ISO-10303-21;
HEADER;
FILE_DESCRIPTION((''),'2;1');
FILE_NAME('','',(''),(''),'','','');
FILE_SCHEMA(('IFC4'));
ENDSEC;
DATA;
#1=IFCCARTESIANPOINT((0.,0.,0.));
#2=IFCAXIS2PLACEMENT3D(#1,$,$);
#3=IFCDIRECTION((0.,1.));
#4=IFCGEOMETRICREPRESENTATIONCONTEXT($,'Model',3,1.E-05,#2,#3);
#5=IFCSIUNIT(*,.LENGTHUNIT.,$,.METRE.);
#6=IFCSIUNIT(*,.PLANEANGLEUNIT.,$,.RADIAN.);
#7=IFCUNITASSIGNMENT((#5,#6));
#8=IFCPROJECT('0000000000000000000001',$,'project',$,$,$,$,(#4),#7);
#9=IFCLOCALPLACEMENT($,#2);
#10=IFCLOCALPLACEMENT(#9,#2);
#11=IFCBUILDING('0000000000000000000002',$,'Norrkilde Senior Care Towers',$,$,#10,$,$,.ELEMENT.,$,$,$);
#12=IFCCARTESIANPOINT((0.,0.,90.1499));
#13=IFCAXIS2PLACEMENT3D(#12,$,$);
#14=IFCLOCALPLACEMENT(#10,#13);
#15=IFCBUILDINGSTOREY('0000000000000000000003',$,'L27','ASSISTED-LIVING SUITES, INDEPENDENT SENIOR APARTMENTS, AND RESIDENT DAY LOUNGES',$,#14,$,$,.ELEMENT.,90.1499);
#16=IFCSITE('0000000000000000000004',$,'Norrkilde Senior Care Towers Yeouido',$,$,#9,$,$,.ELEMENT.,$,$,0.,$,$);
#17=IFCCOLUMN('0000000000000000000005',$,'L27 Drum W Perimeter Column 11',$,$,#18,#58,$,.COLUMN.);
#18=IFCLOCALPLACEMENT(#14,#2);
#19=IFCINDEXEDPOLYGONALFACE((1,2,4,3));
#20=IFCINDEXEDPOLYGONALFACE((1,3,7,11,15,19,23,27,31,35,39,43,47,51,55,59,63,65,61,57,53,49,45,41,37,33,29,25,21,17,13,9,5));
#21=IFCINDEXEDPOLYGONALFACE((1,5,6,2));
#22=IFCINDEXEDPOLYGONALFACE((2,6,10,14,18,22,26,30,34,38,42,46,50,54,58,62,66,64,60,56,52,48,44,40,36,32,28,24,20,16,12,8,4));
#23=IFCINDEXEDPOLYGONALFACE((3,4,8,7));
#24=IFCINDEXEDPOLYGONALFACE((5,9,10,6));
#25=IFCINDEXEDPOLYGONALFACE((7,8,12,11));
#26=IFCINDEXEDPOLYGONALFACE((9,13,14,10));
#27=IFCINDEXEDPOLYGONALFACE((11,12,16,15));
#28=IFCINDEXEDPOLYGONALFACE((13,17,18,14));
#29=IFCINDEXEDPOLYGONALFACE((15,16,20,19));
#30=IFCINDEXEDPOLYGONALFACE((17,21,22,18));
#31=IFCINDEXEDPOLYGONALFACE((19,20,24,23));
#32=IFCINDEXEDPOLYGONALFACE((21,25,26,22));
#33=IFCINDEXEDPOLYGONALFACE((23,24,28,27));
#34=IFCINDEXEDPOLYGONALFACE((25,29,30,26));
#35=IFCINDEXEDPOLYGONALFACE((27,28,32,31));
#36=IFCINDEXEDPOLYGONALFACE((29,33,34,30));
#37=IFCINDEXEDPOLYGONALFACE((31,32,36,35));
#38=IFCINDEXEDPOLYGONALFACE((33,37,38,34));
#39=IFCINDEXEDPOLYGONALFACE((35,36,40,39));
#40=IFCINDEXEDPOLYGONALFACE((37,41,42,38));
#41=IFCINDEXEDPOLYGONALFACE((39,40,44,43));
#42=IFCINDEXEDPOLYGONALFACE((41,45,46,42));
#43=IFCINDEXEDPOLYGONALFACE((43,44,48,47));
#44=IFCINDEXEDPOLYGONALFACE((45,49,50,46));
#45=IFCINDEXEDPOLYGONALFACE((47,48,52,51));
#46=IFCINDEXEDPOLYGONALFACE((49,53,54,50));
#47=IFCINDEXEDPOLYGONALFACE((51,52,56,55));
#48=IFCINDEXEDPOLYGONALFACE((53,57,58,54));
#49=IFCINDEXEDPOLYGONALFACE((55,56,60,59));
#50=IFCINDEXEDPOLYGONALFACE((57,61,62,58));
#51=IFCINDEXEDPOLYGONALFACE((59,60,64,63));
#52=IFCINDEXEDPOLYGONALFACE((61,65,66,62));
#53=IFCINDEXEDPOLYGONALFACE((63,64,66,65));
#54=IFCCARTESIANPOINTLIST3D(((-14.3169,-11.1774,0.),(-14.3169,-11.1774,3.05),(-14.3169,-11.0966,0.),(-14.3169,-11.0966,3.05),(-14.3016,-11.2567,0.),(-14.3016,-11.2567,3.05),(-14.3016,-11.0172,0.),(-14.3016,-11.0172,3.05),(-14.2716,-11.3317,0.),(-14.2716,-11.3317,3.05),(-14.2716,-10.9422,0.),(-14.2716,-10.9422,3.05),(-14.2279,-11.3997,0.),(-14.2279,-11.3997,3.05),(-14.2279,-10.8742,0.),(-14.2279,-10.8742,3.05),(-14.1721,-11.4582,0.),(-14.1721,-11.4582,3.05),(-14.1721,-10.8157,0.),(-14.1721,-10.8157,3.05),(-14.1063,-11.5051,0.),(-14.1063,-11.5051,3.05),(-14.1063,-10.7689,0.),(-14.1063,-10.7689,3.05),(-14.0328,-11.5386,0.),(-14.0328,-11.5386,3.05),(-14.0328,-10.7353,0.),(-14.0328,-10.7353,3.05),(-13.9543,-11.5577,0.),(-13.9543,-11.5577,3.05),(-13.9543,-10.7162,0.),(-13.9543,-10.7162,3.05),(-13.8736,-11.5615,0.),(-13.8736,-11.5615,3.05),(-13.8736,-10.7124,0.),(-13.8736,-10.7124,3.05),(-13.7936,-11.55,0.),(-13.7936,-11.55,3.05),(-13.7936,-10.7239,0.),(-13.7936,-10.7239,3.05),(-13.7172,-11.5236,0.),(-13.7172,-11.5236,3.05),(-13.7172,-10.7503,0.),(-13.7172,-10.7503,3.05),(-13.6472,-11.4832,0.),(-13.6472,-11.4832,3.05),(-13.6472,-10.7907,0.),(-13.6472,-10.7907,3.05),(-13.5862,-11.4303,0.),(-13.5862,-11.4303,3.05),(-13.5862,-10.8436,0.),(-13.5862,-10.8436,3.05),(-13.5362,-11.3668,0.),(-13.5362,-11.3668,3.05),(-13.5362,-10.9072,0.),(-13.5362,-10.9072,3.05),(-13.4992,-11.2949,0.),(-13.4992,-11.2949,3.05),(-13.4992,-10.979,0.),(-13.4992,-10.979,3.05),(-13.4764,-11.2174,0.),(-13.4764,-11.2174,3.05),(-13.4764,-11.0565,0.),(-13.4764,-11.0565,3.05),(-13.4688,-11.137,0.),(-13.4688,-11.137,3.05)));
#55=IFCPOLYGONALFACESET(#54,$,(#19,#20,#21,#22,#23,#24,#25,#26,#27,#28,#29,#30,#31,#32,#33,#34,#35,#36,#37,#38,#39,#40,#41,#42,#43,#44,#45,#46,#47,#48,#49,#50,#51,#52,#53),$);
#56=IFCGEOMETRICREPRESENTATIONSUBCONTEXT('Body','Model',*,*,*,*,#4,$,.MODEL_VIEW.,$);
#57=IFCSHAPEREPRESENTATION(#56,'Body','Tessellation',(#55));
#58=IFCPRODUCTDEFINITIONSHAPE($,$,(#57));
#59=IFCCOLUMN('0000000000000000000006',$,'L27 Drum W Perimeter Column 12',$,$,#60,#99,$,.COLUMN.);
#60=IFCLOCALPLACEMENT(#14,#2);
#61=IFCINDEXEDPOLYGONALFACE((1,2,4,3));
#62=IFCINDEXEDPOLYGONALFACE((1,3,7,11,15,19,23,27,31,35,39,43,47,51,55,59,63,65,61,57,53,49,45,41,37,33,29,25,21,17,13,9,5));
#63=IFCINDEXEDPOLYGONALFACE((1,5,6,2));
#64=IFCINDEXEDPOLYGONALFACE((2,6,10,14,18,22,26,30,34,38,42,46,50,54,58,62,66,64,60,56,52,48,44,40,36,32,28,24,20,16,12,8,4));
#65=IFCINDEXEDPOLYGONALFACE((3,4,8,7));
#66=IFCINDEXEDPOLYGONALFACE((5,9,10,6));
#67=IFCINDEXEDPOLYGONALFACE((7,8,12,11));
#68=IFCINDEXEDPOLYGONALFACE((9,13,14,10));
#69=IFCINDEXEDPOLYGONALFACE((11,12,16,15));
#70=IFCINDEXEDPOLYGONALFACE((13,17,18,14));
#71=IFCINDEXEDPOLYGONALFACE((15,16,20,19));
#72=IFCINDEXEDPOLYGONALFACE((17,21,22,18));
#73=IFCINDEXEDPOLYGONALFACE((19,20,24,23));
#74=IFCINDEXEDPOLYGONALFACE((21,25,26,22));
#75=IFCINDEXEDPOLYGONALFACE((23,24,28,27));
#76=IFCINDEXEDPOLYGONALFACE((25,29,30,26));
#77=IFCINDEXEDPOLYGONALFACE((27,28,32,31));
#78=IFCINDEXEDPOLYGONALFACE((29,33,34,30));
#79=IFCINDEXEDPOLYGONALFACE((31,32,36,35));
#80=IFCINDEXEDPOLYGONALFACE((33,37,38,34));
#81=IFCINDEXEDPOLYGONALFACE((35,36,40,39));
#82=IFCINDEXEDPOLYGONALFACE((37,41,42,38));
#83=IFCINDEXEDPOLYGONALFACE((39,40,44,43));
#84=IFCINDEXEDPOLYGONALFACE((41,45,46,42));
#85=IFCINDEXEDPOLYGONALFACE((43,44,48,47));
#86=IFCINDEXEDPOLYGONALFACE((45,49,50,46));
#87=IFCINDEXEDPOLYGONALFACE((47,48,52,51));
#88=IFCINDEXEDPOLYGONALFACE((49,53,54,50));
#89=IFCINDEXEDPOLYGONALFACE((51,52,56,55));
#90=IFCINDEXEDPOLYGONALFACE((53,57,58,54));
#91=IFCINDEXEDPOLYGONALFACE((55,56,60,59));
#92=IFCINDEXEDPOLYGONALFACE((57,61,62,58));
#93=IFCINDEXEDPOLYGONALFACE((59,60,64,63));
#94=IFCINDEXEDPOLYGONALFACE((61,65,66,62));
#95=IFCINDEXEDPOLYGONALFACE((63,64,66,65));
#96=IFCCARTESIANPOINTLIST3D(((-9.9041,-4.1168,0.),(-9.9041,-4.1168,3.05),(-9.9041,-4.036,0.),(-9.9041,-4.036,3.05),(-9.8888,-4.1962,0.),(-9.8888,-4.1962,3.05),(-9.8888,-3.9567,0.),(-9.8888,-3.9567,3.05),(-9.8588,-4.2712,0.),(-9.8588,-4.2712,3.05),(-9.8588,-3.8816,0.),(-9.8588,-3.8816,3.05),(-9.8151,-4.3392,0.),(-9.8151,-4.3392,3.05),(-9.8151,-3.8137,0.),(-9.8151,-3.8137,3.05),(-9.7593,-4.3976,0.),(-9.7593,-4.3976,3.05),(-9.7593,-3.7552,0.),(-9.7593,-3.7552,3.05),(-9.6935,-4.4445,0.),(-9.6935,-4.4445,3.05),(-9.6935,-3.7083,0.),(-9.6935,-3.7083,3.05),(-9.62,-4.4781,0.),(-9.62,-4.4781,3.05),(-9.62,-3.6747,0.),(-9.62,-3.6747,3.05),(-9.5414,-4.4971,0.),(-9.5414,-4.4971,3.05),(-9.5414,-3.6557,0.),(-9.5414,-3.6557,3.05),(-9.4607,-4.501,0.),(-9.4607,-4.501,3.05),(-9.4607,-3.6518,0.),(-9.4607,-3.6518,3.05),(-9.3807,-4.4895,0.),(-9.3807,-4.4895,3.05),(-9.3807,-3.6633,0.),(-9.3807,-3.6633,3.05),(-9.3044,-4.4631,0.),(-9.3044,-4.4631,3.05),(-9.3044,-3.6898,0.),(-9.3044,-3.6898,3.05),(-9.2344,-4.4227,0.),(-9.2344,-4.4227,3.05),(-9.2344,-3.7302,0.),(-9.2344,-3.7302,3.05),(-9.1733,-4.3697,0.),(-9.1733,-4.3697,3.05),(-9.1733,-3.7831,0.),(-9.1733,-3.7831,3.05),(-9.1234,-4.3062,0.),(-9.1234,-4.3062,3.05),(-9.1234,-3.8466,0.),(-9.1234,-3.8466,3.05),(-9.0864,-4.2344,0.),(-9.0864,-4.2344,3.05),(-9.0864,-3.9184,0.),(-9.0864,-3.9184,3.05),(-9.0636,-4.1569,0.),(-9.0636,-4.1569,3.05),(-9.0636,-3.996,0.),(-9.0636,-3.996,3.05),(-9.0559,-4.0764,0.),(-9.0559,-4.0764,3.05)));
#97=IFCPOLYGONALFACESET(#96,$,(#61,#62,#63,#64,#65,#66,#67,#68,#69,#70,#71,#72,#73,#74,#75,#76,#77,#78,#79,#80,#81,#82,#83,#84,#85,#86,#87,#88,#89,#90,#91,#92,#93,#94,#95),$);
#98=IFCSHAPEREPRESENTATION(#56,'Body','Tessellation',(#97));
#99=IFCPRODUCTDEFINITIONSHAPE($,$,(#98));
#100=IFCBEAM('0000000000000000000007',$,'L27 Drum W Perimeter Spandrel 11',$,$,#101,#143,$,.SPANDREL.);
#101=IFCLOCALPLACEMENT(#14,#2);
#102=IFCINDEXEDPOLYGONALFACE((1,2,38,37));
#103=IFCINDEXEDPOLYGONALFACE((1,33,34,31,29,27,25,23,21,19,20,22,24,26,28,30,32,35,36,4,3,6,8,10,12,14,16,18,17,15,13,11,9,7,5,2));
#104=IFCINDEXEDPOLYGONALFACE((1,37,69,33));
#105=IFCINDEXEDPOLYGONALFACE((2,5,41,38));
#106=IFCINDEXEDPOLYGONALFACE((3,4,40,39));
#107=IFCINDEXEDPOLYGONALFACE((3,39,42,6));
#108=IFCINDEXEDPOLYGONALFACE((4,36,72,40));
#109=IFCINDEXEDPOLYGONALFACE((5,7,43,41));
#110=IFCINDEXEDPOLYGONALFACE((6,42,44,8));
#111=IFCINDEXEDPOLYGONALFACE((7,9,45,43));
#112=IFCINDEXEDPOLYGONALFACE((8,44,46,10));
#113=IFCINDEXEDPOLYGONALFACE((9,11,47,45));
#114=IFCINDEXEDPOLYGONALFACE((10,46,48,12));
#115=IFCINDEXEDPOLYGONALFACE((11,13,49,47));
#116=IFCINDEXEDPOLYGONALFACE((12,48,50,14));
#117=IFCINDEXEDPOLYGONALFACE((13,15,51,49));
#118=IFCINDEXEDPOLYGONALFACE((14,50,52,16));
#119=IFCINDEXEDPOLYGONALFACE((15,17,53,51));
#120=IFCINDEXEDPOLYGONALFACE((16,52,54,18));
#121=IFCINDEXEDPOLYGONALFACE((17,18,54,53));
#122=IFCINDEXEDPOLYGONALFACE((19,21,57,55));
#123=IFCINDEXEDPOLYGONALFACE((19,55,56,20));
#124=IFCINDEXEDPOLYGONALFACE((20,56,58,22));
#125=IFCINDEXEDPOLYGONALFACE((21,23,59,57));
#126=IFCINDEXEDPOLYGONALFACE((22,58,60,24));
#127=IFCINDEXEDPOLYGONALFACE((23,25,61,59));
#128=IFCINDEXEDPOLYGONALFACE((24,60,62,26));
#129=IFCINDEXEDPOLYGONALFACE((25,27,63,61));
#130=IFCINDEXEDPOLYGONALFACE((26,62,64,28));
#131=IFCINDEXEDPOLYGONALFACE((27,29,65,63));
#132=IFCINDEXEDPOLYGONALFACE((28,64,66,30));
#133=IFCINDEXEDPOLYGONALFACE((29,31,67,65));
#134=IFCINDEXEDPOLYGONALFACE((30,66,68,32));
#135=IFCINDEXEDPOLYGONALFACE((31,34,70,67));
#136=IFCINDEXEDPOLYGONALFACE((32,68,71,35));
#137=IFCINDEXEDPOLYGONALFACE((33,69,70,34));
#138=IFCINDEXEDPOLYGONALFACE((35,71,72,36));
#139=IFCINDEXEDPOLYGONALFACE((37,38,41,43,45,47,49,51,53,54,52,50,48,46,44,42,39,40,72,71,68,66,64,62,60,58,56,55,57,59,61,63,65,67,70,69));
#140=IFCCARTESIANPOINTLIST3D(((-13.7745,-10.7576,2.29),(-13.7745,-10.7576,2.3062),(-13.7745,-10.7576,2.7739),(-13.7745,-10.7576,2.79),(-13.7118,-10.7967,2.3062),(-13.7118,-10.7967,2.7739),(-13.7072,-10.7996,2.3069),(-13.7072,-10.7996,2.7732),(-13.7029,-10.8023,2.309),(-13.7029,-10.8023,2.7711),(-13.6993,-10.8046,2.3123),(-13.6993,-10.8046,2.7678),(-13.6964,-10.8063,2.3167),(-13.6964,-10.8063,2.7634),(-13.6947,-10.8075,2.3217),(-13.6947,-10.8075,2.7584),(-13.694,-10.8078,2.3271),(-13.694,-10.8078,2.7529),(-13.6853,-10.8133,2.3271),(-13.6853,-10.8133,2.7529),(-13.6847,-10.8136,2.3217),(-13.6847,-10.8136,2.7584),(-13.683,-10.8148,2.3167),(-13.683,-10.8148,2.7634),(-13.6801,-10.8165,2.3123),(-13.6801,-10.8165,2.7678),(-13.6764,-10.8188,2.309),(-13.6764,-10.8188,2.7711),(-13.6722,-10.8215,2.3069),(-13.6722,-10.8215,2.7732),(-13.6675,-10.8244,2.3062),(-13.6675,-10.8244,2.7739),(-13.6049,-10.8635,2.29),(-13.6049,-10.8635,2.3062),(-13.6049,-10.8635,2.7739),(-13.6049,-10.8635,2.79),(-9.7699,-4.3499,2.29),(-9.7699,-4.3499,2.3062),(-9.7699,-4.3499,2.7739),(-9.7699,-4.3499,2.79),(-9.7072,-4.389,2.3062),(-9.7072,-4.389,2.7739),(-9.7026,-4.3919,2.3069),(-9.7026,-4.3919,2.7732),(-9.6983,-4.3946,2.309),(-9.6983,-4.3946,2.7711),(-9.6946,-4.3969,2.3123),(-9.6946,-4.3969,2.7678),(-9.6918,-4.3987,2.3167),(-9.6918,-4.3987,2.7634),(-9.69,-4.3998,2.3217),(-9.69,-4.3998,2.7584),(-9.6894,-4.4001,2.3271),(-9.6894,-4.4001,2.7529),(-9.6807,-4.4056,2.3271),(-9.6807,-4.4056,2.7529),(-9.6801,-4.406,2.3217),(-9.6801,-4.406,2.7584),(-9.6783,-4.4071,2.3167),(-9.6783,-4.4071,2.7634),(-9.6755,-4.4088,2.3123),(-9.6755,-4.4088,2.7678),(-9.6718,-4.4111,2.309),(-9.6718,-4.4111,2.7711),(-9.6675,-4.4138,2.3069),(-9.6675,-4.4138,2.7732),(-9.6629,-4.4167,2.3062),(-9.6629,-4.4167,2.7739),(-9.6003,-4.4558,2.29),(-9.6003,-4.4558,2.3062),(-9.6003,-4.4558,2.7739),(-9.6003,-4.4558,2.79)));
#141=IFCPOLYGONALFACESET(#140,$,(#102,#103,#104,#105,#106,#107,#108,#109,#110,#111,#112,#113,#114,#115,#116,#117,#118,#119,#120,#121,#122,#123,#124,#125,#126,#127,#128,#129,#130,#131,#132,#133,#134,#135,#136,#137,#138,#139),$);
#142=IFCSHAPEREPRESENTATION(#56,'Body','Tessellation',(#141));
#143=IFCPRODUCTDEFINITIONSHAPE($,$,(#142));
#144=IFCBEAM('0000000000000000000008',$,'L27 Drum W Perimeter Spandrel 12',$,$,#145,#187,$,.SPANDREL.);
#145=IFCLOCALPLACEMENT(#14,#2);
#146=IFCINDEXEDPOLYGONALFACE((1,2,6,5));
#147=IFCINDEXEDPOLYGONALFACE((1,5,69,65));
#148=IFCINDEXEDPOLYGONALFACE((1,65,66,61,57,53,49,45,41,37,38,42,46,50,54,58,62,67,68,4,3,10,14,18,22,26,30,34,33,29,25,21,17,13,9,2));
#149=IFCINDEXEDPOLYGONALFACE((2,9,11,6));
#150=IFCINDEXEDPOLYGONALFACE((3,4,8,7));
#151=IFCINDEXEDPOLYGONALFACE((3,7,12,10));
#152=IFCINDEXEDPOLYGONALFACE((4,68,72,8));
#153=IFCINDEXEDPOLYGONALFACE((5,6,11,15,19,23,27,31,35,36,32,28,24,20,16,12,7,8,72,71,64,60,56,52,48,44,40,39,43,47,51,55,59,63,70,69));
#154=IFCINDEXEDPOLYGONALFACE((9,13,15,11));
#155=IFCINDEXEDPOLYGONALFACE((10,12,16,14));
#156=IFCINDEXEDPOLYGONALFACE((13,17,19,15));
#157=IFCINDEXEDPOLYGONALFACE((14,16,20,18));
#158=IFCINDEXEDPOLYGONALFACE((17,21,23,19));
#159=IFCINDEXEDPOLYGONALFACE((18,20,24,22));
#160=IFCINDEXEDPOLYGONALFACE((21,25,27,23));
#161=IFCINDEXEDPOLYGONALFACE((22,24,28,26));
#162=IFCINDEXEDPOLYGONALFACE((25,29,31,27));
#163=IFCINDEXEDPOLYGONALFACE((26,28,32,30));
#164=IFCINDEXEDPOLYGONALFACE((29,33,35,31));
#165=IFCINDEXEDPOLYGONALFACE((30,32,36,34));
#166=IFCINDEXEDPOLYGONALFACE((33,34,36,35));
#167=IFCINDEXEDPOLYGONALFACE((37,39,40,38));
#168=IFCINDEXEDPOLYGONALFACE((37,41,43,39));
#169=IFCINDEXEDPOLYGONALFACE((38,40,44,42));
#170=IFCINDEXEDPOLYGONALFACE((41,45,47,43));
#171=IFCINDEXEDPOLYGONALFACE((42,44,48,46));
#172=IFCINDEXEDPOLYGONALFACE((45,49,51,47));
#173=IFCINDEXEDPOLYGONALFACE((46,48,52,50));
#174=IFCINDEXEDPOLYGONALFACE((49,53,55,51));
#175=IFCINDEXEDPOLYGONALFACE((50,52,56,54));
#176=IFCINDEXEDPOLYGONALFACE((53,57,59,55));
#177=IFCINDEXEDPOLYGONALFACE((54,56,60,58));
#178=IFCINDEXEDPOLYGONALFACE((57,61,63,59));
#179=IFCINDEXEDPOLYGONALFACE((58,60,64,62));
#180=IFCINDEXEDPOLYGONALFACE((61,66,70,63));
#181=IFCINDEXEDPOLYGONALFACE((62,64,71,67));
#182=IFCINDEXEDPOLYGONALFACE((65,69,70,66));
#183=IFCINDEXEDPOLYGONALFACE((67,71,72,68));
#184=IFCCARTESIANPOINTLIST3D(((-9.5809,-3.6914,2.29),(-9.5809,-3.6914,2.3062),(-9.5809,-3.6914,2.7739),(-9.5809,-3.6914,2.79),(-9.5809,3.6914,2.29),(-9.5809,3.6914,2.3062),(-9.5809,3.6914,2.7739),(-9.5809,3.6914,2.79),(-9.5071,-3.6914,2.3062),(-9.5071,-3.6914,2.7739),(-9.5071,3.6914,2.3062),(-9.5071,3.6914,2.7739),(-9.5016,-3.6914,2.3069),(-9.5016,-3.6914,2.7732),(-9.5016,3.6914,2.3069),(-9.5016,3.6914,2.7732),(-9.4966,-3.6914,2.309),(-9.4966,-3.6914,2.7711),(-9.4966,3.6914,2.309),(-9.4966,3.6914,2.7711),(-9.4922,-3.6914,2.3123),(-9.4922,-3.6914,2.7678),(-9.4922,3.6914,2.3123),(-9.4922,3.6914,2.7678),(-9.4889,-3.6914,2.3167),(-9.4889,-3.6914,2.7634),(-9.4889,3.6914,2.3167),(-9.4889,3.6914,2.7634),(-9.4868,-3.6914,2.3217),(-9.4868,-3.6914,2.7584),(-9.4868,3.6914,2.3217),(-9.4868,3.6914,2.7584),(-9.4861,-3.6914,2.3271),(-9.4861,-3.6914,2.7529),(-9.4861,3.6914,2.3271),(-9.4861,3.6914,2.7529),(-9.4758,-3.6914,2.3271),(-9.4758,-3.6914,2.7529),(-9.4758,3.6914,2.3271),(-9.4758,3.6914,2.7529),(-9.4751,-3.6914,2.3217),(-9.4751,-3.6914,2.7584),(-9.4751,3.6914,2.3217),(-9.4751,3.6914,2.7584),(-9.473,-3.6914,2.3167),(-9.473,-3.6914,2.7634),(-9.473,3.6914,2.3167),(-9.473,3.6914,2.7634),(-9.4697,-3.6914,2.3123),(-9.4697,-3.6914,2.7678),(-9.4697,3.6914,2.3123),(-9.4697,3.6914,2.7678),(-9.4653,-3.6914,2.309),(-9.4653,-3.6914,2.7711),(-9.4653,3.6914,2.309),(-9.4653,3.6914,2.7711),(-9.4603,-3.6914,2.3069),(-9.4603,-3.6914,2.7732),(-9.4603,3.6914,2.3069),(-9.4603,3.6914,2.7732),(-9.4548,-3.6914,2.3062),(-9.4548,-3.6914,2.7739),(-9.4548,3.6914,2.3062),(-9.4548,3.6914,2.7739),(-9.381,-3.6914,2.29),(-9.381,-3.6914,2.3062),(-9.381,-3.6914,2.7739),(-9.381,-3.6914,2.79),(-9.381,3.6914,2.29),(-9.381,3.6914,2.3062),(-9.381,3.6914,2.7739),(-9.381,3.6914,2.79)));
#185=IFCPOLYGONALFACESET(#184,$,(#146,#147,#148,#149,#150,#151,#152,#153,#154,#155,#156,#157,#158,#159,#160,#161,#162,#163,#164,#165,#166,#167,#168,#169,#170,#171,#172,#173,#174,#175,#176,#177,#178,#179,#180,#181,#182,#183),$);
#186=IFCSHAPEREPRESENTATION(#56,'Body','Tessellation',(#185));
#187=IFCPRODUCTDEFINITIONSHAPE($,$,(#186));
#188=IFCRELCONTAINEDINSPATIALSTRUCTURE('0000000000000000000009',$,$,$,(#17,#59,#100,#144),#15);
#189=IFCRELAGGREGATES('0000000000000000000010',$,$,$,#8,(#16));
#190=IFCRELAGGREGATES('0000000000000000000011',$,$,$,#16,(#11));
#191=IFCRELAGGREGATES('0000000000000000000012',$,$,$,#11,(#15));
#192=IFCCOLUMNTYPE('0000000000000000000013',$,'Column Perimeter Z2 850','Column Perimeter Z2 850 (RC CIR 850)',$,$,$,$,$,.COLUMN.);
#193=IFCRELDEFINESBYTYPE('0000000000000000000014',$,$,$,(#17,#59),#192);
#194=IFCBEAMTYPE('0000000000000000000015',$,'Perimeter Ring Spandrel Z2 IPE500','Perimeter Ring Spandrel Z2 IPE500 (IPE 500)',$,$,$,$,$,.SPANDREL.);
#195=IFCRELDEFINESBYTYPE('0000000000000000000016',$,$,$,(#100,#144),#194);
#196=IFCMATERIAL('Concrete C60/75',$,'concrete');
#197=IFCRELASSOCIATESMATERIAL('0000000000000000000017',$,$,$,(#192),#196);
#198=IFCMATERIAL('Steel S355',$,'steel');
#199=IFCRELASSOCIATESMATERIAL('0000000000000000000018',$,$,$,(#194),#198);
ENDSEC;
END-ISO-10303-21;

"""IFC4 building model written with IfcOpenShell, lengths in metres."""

from ifc_helpers import new_model, si_unit, direction, frame, origin, origin_2d, place, context, subcontext, project, spatial, circle, i_section, extrude, source, transform, mapped, material, material_profile, profile_set, type_object, type_shapes, element, save


model = new_model("IFC4")

# Units and contexts
model_context = context("Model", 3, precision=1e-05, world=origin(), true_north=direction((0.0, 1.0)))
body_context = subcontext(model_context, "Body", "Model", "MODEL_VIEW")
ifc_project = project(units=[si_unit("LENGTHUNIT", "METRE"), si_unit("PLANEANGLEUNIT", "RADIAN")], contexts=[model_context])

# Site, building, storey
site_placement = place(None, origin())
site = spatial("IfcSite", under=ifc_project, at=site_placement, Name="Norrkilde Senior Care Towers Yeouido", CompositionType="ELEMENT", RefElevation=0.0)
building_placement = place(site_placement, origin())
building = spatial("IfcBuilding", under=site, at=building_placement, Name="Norrkilde Senior Care Towers", CompositionType="ELEMENT")
storey_placement = place(building_placement, frame((0.0, 0.0, 90.1499)))
storey = spatial("IfcBuildingStorey", under=building, at=storey_placement, Name="L27", Description="ASSISTED-LIVING SUITES, INDEPENDENT SENIOR APARTMENTS, AND RESIDENT DAY LOUNGES", CompositionType="ELEMENT", Elevation=90.1499)

# Columns
ifc_material_1 = material(Name="Concrete C60/75", Category="concrete")
ifc_material_profile_1 = material_profile(ifc_material_1, circle(Radius=0.425, at=origin_2d()), Name="RC CIR 850")
ifc_profile_set_1 = profile_set([ifc_material_profile_1], Name="Concrete C60/75")
column_type = type_object("IfcColumnType", Name="Column Perimeter Z2 850", Description="Column Perimeter Z2 850 (RC CIR 850)", PredefinedType="COLUMN", material=ifc_profile_set_1)
shared_shape_1 = source(origin(), body_context, "Body", "SweptSolid", [
    extrude(circle(Radius=0.425, at=origin_2d()), origin(), (0.0, 0.0, 1.0), 3.05),
])
type_shapes(column_type, [shared_shape_1])
for number, where, z_axis, x_axis, name in (
    (1, (-13.8938, -11.137, 0.0), (0.0, 0.0, 1.0), (1.0, 0.0, 0.0), "L27 Drum W Perimeter Column 11"),
    (2, (-9.481, -4.0764, 0.0), (0.0, 0.0, 1.0), (1.0, 0.0, 0.0), "L27 Drum W Perimeter Column 12"),
):
    element("IfcColumn", number, at=place(storey_placement, frame(where, z_axis=z_axis, x_axis=x_axis)), inside=storey, type_object=column_type, Name=name, PredefinedType="COLUMN", context=body_context, shape_type="MappedRepresentation", body=[
        mapped(shared_shape_1, transform((0.0, 0.0, 0.0), x_axis=(1.0, 0.0, 0.0), y_axis=(0.0, 1.0, 0.0), z_axis=(0.0, 0.0, 1.0), scale=1.0)),
    ])

# Beams
ifc_material_2 = material(Name="Steel S355", Category="steel")
ifc_material_profile_2 = material_profile(ifc_material_2, i_section(OverallWidth=0.2, OverallDepth=0.5, WebThickness=0.0103, FlangeThickness=0.0161, FilletRadius=0.021, at=origin_2d()), Name="IPE 500")
ifc_profile_set_2 = profile_set([ifc_material_profile_2], Name="Steel S355")
beam_type_1 = type_object("IfcBeamType", Name="Perimeter Ring Spandrel Z2 IPE500", Description="Perimeter Ring Spandrel Z2 IPE500 (IPE 500)", PredefinedType="SPANDREL", material=ifc_profile_set_2)
shared_shape_2 = source(origin(), body_context, "Body", "SweptSolid", [
    extrude(i_section(OverallWidth=0.2, OverallDepth=0.5, WebThickness=0.0103, FlangeThickness=0.0161, FilletRadius=0.021, at=origin_2d()), origin(), (0.0, 0.0, 1.0), 7.5562),
])
beam_1_placement = place(storey_placement, frame((-13.6897, -10.8105, 2.54), z_axis=(0.529982, 0.848009, 0.0), x_axis=(-0.848009, 0.529982, 0.0)))
element("IfcBeam", 3, at=beam_1_placement, inside=storey, type_object=beam_type_1, Name="L27 Drum W Perimeter Spandrel 11", PredefinedType="SPANDREL", context=body_context, shape_type="MappedRepresentation", body=[
    mapped(shared_shape_2, transform((0.0, 0.0, 0.0), x_axis=(1.0, 0.0, 0.0), y_axis=(0.0, 1.0, 0.0), z_axis=(0.0, 0.0, 1.0), scale=1.0)),
])
shared_shape_3 = source(origin(), body_context, "Body", "SweptSolid", [
    extrude(i_section(OverallWidth=0.2, OverallDepth=0.5, WebThickness=0.0103, FlangeThickness=0.0161, FilletRadius=0.021, at=origin_2d()), origin(), (0.0, 0.0, 1.0), 7.3828),
])
type_shapes(beam_type_1, [shared_shape_2, shared_shape_3])
beam_2_placement = place(storey_placement, frame((-9.481, -3.6914, 2.54), z_axis=(0.0, 1.0, 0.0), x_axis=(-1.0, 0.0, 0.0)))
element("IfcBeam", 4, at=beam_2_placement, inside=storey, type_object=beam_type_1, Name="L27 Drum W Perimeter Spandrel 12", PredefinedType="SPANDREL", context=body_context, shape_type="MappedRepresentation", body=[
    mapped(shared_shape_3, transform((0.0, 0.0, 0.0), x_axis=(1.0, 0.0, 0.0), y_axis=(0.0, 1.0, 0.0), z_axis=(0.0, 0.0, 1.0), scale=1.0)),
])

save(model, "model.ifc")
